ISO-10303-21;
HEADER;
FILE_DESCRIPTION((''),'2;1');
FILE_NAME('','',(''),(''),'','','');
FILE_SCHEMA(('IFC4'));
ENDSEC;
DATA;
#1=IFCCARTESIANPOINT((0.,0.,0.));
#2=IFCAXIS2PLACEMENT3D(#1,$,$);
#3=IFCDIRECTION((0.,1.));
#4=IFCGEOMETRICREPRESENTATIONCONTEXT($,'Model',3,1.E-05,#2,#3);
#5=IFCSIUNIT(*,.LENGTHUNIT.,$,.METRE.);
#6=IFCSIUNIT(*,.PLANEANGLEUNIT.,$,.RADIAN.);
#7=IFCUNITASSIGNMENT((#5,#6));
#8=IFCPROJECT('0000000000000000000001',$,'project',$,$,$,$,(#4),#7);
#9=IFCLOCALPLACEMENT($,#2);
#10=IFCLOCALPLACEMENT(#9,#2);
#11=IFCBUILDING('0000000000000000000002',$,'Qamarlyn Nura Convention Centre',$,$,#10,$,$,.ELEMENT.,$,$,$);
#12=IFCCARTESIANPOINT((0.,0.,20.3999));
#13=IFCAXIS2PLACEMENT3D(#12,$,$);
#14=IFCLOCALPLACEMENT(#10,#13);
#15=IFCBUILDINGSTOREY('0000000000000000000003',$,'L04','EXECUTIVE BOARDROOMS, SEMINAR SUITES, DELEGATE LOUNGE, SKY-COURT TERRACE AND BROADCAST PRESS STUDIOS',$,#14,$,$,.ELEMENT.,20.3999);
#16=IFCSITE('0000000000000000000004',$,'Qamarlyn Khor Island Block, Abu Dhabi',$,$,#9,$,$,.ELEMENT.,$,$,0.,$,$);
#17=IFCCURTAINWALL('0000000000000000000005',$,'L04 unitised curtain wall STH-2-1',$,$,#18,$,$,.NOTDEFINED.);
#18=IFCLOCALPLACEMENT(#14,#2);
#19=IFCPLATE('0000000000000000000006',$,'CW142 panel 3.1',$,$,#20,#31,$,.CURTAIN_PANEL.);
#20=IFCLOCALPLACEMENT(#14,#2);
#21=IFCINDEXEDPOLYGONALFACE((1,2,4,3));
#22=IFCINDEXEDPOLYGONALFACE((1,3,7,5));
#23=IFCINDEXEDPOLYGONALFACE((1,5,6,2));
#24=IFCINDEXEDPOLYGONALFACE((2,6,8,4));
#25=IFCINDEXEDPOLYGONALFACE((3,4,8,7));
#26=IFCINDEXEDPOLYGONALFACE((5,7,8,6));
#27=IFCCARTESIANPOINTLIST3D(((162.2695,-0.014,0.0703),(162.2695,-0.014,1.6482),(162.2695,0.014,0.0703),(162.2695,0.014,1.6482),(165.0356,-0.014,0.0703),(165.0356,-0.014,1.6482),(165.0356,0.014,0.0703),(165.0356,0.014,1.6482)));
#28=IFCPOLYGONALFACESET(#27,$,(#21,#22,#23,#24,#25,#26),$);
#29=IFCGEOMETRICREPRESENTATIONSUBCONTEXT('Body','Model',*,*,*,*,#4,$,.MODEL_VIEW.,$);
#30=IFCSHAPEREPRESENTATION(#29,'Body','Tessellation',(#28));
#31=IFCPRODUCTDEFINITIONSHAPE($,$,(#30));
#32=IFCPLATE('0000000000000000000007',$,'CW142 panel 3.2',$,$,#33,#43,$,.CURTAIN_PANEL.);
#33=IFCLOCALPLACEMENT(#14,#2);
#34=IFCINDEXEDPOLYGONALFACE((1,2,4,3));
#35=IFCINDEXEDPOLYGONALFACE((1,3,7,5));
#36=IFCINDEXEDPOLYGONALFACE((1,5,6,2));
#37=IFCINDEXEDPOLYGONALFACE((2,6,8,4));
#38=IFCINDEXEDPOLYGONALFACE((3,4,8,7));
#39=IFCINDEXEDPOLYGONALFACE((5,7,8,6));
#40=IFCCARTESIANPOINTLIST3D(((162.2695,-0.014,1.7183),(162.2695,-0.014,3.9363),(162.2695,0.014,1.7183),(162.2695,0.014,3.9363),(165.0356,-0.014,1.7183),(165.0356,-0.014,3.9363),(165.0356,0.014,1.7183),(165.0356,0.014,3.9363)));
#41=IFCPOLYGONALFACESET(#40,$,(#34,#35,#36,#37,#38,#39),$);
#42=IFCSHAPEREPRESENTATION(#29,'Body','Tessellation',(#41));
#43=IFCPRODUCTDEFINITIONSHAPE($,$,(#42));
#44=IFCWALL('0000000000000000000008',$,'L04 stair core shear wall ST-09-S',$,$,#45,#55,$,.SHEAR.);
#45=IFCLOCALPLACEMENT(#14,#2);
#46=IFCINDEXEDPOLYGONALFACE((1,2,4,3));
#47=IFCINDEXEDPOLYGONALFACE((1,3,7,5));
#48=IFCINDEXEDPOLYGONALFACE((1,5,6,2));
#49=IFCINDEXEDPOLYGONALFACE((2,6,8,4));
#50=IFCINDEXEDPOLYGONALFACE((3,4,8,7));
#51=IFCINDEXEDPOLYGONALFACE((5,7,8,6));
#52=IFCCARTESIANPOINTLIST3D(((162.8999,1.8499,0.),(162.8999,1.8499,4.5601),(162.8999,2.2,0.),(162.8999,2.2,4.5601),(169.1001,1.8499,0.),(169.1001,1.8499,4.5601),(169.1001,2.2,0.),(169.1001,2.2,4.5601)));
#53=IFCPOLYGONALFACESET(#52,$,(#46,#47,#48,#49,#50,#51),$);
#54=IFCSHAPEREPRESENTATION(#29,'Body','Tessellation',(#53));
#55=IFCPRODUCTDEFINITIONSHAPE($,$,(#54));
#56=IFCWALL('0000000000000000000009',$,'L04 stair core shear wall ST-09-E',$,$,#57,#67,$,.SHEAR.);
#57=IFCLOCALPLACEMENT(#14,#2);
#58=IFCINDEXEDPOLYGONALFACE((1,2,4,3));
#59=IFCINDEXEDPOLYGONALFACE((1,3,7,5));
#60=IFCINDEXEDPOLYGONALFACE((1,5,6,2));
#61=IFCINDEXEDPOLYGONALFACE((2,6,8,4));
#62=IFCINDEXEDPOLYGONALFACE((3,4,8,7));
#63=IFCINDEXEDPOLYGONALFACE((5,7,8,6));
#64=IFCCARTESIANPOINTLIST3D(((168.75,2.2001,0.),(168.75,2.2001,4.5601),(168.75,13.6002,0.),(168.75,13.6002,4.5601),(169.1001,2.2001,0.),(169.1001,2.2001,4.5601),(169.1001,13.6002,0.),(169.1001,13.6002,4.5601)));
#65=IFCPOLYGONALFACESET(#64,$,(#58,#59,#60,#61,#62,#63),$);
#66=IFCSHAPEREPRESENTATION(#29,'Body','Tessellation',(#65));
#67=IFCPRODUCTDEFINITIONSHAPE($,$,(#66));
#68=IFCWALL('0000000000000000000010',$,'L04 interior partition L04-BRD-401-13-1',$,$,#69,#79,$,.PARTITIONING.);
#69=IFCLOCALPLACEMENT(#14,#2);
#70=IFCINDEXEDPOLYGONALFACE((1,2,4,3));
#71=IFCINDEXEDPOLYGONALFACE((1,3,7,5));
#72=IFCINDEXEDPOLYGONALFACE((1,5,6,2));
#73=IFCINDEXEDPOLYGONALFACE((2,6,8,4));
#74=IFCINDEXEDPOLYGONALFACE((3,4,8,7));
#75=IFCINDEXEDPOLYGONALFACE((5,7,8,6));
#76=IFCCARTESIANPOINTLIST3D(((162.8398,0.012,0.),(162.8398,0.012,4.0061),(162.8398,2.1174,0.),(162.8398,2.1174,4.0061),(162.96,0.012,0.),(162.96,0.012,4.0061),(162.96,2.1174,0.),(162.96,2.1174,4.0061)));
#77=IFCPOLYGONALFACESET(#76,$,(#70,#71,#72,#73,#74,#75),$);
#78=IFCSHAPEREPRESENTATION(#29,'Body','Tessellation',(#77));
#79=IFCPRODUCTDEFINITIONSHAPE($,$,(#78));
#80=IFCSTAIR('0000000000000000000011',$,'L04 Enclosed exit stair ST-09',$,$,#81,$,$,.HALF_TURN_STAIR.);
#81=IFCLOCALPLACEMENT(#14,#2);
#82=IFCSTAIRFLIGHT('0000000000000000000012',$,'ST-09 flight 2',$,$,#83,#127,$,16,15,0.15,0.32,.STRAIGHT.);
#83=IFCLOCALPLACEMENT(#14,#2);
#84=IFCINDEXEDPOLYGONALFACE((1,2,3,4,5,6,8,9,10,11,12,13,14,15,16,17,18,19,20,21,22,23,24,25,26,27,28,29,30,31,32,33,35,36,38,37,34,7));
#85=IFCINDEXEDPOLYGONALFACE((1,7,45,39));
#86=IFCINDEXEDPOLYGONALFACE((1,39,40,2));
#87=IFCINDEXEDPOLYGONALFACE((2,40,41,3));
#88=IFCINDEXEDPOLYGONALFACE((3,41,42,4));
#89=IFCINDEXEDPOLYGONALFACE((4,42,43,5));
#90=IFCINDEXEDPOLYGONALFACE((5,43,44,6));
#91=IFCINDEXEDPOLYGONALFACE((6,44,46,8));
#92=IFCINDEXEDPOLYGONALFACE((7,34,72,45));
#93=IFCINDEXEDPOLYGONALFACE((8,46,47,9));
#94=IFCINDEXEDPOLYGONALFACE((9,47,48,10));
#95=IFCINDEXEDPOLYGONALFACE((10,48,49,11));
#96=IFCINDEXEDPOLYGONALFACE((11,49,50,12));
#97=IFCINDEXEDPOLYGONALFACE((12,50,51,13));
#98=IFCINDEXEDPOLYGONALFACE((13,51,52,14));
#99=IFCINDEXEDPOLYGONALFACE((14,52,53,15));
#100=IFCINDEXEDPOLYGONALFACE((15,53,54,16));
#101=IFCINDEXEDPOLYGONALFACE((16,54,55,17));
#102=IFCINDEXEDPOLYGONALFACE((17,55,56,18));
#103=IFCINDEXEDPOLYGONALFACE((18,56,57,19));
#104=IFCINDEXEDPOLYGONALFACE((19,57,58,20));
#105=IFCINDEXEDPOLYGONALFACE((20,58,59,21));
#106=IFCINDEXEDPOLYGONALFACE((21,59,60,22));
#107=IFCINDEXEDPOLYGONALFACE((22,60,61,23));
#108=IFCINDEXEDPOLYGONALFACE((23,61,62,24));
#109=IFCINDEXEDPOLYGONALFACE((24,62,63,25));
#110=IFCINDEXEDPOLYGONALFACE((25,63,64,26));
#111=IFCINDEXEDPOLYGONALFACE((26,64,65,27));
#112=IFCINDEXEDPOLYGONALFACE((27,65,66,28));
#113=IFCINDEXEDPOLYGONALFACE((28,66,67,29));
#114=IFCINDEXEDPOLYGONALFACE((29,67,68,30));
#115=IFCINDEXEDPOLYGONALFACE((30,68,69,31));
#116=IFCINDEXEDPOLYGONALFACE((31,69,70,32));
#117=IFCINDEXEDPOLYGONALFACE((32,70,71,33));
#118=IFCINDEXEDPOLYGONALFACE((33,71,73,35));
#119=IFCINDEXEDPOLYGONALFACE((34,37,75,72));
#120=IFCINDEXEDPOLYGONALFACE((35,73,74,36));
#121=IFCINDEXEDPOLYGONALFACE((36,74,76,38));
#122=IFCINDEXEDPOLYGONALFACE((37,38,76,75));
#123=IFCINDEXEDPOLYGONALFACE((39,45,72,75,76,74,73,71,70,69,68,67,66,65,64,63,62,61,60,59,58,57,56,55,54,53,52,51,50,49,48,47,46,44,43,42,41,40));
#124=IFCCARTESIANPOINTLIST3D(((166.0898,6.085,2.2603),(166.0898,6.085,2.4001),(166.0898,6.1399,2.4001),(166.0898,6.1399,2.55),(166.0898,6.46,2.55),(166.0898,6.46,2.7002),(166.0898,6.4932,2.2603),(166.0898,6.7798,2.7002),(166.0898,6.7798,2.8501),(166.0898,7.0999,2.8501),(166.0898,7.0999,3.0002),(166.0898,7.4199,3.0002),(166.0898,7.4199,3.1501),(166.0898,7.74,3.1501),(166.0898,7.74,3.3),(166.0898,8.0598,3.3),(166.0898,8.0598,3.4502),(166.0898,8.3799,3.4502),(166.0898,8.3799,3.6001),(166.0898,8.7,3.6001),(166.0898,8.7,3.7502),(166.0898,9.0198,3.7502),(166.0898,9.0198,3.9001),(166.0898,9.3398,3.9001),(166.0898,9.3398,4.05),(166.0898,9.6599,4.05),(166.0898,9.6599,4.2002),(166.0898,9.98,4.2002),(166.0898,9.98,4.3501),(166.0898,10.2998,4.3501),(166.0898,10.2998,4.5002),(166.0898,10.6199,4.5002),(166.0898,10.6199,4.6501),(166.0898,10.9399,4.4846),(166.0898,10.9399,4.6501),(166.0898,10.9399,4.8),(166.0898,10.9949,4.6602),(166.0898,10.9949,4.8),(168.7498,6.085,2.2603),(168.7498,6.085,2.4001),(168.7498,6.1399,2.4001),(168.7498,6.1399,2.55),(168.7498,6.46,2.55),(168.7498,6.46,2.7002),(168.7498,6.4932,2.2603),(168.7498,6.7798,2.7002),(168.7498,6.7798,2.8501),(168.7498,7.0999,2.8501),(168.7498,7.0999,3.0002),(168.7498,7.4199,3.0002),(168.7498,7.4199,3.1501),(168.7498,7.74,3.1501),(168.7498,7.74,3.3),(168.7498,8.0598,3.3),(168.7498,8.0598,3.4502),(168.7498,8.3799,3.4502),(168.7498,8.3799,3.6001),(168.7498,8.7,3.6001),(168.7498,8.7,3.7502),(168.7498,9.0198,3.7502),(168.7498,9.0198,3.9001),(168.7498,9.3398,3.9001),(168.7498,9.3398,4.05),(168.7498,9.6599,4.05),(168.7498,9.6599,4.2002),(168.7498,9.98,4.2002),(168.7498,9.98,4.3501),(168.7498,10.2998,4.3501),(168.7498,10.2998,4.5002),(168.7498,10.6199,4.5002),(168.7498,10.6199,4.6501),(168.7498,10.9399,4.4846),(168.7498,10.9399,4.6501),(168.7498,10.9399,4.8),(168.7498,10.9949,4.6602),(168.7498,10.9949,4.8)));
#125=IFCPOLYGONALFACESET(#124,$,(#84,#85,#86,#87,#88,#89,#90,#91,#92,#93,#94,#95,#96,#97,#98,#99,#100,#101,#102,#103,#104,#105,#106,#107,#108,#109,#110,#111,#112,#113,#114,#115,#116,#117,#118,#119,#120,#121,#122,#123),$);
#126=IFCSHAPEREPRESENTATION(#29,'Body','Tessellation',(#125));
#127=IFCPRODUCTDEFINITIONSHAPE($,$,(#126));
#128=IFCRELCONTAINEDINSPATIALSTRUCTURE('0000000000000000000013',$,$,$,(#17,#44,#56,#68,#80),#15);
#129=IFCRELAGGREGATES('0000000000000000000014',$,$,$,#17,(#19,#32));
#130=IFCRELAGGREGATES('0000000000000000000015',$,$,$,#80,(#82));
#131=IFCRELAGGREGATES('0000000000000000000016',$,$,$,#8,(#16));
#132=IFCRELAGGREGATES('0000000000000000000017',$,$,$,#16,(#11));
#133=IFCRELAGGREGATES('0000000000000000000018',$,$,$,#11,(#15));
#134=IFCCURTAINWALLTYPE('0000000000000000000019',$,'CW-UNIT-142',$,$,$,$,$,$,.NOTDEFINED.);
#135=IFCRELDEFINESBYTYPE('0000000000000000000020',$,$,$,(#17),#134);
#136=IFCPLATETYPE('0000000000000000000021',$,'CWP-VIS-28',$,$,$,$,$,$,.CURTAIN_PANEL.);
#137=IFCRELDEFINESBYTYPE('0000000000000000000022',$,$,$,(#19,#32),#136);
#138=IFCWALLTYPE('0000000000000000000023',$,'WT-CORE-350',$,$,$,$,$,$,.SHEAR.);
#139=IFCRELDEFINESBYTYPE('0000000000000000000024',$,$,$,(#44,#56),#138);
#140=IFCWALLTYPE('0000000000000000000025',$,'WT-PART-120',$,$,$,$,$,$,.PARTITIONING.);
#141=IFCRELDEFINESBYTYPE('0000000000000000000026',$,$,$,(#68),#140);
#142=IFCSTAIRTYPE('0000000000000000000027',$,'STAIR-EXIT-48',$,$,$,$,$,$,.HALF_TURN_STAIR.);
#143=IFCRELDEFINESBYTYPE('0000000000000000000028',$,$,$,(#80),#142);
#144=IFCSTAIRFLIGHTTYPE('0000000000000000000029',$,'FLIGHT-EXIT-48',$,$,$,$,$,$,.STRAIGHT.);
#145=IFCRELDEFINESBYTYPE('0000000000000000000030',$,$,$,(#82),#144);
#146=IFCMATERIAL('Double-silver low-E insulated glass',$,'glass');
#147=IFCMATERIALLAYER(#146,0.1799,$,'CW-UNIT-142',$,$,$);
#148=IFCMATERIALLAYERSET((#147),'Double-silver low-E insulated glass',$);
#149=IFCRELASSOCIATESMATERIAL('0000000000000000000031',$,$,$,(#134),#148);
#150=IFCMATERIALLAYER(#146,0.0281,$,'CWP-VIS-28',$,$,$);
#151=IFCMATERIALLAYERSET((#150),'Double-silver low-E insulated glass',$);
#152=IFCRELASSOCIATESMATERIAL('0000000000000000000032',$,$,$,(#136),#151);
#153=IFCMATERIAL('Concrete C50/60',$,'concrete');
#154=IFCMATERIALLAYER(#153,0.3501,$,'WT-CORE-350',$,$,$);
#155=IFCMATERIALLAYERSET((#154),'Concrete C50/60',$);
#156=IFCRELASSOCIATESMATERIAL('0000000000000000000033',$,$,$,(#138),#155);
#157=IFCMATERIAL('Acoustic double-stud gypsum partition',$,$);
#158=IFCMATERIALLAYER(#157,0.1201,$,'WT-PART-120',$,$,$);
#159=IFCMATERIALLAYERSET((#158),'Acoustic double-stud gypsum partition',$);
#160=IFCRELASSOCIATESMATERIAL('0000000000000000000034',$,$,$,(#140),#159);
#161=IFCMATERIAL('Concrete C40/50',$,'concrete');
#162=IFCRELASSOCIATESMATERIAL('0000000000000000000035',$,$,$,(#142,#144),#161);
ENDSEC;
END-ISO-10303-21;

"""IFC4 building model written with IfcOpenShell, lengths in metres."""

from ifc_helpers import new_model, si_unit, direction, frame, frame_2d, origin, origin_2d, place, context, subcontext, project, spatial, polyline, rectangle, outline, extrude, material, layer, layer_set, type_object, element, aggregate, save


model = new_model("IFC4")

# Units and contexts
model_context = context("Model", 3, precision=1e-05, world=origin(), true_north=direction((0.0, 1.0)))
body_context = subcontext(model_context, "Body", "Model", "MODEL_VIEW")
ifc_project = project(units=[si_unit("LENGTHUNIT", "METRE"), si_unit("PLANEANGLEUNIT", "RADIAN")], contexts=[model_context])

# Site, building, storey
site_placement = place(None, origin())
site = spatial("IfcSite", under=ifc_project, at=site_placement, Name="Qamarlyn Khor Island Block, Abu Dhabi", CompositionType="ELEMENT", RefElevation=0.0)
building_placement = place(site_placement, origin())
building = spatial("IfcBuilding", under=site, at=building_placement, Name="Qamarlyn Nura Convention Centre", CompositionType="ELEMENT")
storey_placement = place(building_placement, frame((0.0, 0.0, 20.3999)))
storey = spatial("IfcBuildingStorey", under=building, at=storey_placement, Name="L04", Description="EXECUTIVE BOARDROOMS, SEMINAR SUITES, DELEGATE LOUNGE, SKY-COURT TERRACE AND BROADCAST PRESS STUDIOS", CompositionType="ELEMENT", Elevation=20.3999)

# Curtain wall, plates
ifc_material_1 = material(Name="Double-silver low-E insulated glass", Category="glass")
ifc_layer_1 = layer(ifc_material_1, 0.1799, Name="CW-UNIT-142")
ifc_layer_set_1 = layer_set([ifc_layer_1], Name="Double-silver low-E insulated glass")
curtain_wall_type = type_object("IfcCurtainWallType", Name="CW-UNIT-142", PredefinedType="NOTDEFINED", material=ifc_layer_set_1)
curtain_wall_placement = place(storey_placement, origin())
curtain_wall = element("IfcCurtainWall", 1, at=curtain_wall_placement, inside=storey, type_object=curtain_wall_type, Name="L04 unitised curtain wall STH-2-1", PredefinedType="NOTDEFINED")
ifc_layer_2 = layer(ifc_material_1, 0.0281, Name="CWP-VIS-28")
ifc_layer_set_2 = layer_set([ifc_layer_2], Name="Double-silver low-E insulated glass")
plate_type = type_object("IfcPlateType", Name="CWP-VIS-28", PredefinedType="CURTAIN_PANEL", material=ifc_layer_set_2)
plate_1_placement = place(storey_placement, frame((163.6526, 0.0, 0.0703), z_axis=(0.0, 0.0, 1.0), x_axis=(-1.0, 0.0, 0.0)))
plate_1 = element("IfcPlate", 2, at=plate_1_placement, type_object=plate_type, Name="CW142 panel 3.1", PredefinedType="CURTAIN_PANEL", context=body_context, shape_type="SweptSolid", body=[
    extrude(rectangle(XDim=2.7661, YDim=0.0281, at=origin_2d()), origin(), (0.0, 0.0, 1.0), 1.5779),
])
plate_2_placement = place(storey_placement, frame((163.6526, 0.0, 1.7183), z_axis=(0.0, 0.0, 1.0), x_axis=(-1.0, 0.0, 0.0)))
plate_2 = element("IfcPlate", 3, at=plate_2_placement, type_object=plate_type, Name="CW142 panel 3.2", PredefinedType="CURTAIN_PANEL", context=body_context, shape_type="SweptSolid", body=[
    extrude(rectangle(XDim=2.7661, YDim=0.0281, at=origin_2d()), origin(), (0.0, 0.0, 1.0), 2.218),
])
aggregate(curtain_wall, [plate_1, plate_2])

# Walls
ifc_material_2 = material(Name="Concrete C50/60", Category="concrete")
ifc_layer_3 = layer(ifc_material_2, 0.3501, Name="WT-CORE-350")
ifc_layer_set_3 = layer_set([ifc_layer_3], Name="Concrete C50/60")
wall_type_1 = type_object("IfcWallType", Name="WT-CORE-350", PredefinedType="SHEAR", material=ifc_layer_set_3)
wall_1_placement = place(storey_placement, frame((162.8999, 2.0249, 0.0), z_axis=(0.0, 0.0, 1.0), x_axis=(1.0, 0.0, 0.0)))
element("IfcWall", 4, at=wall_1_placement, inside=storey, type_object=wall_type_1, Name="L04 stair core shear wall ST-09-S", PredefinedType="SHEAR", context=body_context, shape_type="SweptSolid", body=[
    extrude(rectangle(XDim=6.2002, YDim=0.3501, at=frame_2d((3.1001, 0.0))), origin(), (0.0, 0.0, 1.0), 4.5601),
])
wall_2_placement = place(storey_placement, frame((168.925, 2.2, 0.0), z_axis=(0.0, 0.0, 1.0), x_axis=(0.0, 1.0, 0.0)))
element("IfcWall", 5, at=wall_2_placement, inside=storey, type_object=wall_type_1, Name="L04 stair core shear wall ST-09-E", PredefinedType="SHEAR", context=body_context, shape_type="SweptSolid", body=[
    extrude(rectangle(XDim=11.4001, YDim=0.3501, at=frame_2d((5.7002, 0.0))), origin(), (0.0, 0.0, 1.0), 4.5601),
])
ifc_material_3 = material(Name="Acoustic double-stud gypsum partition")
ifc_layer_4 = layer(ifc_material_3, 0.1201, Name="WT-PART-120")
ifc_layer_set_4 = layer_set([ifc_layer_4], Name="Acoustic double-stud gypsum partition")
wall_type_2 = type_object("IfcWallType", Name="WT-PART-120", PredefinedType="PARTITIONING", material=ifc_layer_set_4)
wall_3_placement = place(storey_placement, frame((162.8999, 2.1174, 0.0), z_axis=(0.0, 0.0, 1.0), x_axis=(0.0, -1.0, 0.0)))
element("IfcWall", 6, at=wall_3_placement, inside=storey, type_object=wall_type_2, Name="L04 interior partition L04-BRD-401-13-1", PredefinedType="PARTITIONING", context=body_context, shape_type="SweptSolid", body=[
    extrude(rectangle(XDim=2.1055, YDim=0.1201, at=frame_2d((1.0527, 0.0))), origin(), (0.0, 0.0, 1.0), 4.0061),
])

# Stair, stair flight
ifc_material_4 = material(Name="Concrete C40/50", Category="concrete")
stair_type = type_object("IfcStairType", Name="STAIR-EXIT-48", PredefinedType="HALF_TURN_STAIR", material=ifc_material_4)
stair_placement = place(storey_placement, origin())
stair = element("IfcStair", 7, at=stair_placement, inside=storey, type_object=stair_type, Name="L04 Enclosed exit stair ST-09", PredefinedType="HALF_TURN_STAIR")
stair_flight_type = type_object("IfcStairFlightType", Name="FLIGHT-EXIT-48", PredefinedType="STRAIGHT", material=ifc_material_4)
stair_flight_placement = place(storey_placement, frame((167.4199, 6.1399, 2.4001), z_axis=(0.0, 0.0, 1.0), x_axis=(0.0, 1.0, 0.0)))
stair_flight = element("IfcStairFlight", 8, at=stair_flight_placement, type_object=stair_flight_type, Name="ST-09 flight 2", NumberOfRisers=16, NumberOfTreads=15, PredefinedType="STRAIGHT", RiserHeight=0.15, TreadLength=0.32, context=body_context, shape_type="SweptSolid", body=[
    extrude(outline(polyline([(-0.0549, 0.0), (0.0, 0.0), (0.0, 0.1499), (0.3201, 0.1499), (0.3201, 0.3), (0.6399, 0.3), (0.6399, 0.45), (0.96, 0.45), (0.96, 0.6001), (1.28, 0.6001), (1.28, 0.75), (1.6001, 0.75), (1.6001, 0.8999), (1.9199, 0.8999), (1.9199, 1.05), (2.24, 1.05), (2.24, 1.2), (2.5601, 1.2), (2.5601, 1.3501), (2.8799, 1.3501), (2.8799, 1.5), (3.2, 1.5), (3.2, 1.6499), (3.52, 1.6499), (3.52, 1.8), (3.8401, 1.8), (3.8401, 1.95), (4.1599, 1.95), (4.1599, 2.1001), (4.48, 2.1001), (4.48, 2.25), (4.8, 2.25), (4.8, 2.3999), (4.855, 2.3999), (4.855, 2.26), (4.8, 2.0845), (0.3533, -0.1399), (-0.0549, -0.1399), (-0.0549, 0.0)])), frame((0.0, 1.3301, 0.0), z_axis=(0.0, -1.0, 0.0), x_axis=(1.0, 0.0, 0.0)), (0.0, 0.0, 1.0), 2.6599),
])
aggregate(stair, [stair_flight])

save(model, "model.ifc")
